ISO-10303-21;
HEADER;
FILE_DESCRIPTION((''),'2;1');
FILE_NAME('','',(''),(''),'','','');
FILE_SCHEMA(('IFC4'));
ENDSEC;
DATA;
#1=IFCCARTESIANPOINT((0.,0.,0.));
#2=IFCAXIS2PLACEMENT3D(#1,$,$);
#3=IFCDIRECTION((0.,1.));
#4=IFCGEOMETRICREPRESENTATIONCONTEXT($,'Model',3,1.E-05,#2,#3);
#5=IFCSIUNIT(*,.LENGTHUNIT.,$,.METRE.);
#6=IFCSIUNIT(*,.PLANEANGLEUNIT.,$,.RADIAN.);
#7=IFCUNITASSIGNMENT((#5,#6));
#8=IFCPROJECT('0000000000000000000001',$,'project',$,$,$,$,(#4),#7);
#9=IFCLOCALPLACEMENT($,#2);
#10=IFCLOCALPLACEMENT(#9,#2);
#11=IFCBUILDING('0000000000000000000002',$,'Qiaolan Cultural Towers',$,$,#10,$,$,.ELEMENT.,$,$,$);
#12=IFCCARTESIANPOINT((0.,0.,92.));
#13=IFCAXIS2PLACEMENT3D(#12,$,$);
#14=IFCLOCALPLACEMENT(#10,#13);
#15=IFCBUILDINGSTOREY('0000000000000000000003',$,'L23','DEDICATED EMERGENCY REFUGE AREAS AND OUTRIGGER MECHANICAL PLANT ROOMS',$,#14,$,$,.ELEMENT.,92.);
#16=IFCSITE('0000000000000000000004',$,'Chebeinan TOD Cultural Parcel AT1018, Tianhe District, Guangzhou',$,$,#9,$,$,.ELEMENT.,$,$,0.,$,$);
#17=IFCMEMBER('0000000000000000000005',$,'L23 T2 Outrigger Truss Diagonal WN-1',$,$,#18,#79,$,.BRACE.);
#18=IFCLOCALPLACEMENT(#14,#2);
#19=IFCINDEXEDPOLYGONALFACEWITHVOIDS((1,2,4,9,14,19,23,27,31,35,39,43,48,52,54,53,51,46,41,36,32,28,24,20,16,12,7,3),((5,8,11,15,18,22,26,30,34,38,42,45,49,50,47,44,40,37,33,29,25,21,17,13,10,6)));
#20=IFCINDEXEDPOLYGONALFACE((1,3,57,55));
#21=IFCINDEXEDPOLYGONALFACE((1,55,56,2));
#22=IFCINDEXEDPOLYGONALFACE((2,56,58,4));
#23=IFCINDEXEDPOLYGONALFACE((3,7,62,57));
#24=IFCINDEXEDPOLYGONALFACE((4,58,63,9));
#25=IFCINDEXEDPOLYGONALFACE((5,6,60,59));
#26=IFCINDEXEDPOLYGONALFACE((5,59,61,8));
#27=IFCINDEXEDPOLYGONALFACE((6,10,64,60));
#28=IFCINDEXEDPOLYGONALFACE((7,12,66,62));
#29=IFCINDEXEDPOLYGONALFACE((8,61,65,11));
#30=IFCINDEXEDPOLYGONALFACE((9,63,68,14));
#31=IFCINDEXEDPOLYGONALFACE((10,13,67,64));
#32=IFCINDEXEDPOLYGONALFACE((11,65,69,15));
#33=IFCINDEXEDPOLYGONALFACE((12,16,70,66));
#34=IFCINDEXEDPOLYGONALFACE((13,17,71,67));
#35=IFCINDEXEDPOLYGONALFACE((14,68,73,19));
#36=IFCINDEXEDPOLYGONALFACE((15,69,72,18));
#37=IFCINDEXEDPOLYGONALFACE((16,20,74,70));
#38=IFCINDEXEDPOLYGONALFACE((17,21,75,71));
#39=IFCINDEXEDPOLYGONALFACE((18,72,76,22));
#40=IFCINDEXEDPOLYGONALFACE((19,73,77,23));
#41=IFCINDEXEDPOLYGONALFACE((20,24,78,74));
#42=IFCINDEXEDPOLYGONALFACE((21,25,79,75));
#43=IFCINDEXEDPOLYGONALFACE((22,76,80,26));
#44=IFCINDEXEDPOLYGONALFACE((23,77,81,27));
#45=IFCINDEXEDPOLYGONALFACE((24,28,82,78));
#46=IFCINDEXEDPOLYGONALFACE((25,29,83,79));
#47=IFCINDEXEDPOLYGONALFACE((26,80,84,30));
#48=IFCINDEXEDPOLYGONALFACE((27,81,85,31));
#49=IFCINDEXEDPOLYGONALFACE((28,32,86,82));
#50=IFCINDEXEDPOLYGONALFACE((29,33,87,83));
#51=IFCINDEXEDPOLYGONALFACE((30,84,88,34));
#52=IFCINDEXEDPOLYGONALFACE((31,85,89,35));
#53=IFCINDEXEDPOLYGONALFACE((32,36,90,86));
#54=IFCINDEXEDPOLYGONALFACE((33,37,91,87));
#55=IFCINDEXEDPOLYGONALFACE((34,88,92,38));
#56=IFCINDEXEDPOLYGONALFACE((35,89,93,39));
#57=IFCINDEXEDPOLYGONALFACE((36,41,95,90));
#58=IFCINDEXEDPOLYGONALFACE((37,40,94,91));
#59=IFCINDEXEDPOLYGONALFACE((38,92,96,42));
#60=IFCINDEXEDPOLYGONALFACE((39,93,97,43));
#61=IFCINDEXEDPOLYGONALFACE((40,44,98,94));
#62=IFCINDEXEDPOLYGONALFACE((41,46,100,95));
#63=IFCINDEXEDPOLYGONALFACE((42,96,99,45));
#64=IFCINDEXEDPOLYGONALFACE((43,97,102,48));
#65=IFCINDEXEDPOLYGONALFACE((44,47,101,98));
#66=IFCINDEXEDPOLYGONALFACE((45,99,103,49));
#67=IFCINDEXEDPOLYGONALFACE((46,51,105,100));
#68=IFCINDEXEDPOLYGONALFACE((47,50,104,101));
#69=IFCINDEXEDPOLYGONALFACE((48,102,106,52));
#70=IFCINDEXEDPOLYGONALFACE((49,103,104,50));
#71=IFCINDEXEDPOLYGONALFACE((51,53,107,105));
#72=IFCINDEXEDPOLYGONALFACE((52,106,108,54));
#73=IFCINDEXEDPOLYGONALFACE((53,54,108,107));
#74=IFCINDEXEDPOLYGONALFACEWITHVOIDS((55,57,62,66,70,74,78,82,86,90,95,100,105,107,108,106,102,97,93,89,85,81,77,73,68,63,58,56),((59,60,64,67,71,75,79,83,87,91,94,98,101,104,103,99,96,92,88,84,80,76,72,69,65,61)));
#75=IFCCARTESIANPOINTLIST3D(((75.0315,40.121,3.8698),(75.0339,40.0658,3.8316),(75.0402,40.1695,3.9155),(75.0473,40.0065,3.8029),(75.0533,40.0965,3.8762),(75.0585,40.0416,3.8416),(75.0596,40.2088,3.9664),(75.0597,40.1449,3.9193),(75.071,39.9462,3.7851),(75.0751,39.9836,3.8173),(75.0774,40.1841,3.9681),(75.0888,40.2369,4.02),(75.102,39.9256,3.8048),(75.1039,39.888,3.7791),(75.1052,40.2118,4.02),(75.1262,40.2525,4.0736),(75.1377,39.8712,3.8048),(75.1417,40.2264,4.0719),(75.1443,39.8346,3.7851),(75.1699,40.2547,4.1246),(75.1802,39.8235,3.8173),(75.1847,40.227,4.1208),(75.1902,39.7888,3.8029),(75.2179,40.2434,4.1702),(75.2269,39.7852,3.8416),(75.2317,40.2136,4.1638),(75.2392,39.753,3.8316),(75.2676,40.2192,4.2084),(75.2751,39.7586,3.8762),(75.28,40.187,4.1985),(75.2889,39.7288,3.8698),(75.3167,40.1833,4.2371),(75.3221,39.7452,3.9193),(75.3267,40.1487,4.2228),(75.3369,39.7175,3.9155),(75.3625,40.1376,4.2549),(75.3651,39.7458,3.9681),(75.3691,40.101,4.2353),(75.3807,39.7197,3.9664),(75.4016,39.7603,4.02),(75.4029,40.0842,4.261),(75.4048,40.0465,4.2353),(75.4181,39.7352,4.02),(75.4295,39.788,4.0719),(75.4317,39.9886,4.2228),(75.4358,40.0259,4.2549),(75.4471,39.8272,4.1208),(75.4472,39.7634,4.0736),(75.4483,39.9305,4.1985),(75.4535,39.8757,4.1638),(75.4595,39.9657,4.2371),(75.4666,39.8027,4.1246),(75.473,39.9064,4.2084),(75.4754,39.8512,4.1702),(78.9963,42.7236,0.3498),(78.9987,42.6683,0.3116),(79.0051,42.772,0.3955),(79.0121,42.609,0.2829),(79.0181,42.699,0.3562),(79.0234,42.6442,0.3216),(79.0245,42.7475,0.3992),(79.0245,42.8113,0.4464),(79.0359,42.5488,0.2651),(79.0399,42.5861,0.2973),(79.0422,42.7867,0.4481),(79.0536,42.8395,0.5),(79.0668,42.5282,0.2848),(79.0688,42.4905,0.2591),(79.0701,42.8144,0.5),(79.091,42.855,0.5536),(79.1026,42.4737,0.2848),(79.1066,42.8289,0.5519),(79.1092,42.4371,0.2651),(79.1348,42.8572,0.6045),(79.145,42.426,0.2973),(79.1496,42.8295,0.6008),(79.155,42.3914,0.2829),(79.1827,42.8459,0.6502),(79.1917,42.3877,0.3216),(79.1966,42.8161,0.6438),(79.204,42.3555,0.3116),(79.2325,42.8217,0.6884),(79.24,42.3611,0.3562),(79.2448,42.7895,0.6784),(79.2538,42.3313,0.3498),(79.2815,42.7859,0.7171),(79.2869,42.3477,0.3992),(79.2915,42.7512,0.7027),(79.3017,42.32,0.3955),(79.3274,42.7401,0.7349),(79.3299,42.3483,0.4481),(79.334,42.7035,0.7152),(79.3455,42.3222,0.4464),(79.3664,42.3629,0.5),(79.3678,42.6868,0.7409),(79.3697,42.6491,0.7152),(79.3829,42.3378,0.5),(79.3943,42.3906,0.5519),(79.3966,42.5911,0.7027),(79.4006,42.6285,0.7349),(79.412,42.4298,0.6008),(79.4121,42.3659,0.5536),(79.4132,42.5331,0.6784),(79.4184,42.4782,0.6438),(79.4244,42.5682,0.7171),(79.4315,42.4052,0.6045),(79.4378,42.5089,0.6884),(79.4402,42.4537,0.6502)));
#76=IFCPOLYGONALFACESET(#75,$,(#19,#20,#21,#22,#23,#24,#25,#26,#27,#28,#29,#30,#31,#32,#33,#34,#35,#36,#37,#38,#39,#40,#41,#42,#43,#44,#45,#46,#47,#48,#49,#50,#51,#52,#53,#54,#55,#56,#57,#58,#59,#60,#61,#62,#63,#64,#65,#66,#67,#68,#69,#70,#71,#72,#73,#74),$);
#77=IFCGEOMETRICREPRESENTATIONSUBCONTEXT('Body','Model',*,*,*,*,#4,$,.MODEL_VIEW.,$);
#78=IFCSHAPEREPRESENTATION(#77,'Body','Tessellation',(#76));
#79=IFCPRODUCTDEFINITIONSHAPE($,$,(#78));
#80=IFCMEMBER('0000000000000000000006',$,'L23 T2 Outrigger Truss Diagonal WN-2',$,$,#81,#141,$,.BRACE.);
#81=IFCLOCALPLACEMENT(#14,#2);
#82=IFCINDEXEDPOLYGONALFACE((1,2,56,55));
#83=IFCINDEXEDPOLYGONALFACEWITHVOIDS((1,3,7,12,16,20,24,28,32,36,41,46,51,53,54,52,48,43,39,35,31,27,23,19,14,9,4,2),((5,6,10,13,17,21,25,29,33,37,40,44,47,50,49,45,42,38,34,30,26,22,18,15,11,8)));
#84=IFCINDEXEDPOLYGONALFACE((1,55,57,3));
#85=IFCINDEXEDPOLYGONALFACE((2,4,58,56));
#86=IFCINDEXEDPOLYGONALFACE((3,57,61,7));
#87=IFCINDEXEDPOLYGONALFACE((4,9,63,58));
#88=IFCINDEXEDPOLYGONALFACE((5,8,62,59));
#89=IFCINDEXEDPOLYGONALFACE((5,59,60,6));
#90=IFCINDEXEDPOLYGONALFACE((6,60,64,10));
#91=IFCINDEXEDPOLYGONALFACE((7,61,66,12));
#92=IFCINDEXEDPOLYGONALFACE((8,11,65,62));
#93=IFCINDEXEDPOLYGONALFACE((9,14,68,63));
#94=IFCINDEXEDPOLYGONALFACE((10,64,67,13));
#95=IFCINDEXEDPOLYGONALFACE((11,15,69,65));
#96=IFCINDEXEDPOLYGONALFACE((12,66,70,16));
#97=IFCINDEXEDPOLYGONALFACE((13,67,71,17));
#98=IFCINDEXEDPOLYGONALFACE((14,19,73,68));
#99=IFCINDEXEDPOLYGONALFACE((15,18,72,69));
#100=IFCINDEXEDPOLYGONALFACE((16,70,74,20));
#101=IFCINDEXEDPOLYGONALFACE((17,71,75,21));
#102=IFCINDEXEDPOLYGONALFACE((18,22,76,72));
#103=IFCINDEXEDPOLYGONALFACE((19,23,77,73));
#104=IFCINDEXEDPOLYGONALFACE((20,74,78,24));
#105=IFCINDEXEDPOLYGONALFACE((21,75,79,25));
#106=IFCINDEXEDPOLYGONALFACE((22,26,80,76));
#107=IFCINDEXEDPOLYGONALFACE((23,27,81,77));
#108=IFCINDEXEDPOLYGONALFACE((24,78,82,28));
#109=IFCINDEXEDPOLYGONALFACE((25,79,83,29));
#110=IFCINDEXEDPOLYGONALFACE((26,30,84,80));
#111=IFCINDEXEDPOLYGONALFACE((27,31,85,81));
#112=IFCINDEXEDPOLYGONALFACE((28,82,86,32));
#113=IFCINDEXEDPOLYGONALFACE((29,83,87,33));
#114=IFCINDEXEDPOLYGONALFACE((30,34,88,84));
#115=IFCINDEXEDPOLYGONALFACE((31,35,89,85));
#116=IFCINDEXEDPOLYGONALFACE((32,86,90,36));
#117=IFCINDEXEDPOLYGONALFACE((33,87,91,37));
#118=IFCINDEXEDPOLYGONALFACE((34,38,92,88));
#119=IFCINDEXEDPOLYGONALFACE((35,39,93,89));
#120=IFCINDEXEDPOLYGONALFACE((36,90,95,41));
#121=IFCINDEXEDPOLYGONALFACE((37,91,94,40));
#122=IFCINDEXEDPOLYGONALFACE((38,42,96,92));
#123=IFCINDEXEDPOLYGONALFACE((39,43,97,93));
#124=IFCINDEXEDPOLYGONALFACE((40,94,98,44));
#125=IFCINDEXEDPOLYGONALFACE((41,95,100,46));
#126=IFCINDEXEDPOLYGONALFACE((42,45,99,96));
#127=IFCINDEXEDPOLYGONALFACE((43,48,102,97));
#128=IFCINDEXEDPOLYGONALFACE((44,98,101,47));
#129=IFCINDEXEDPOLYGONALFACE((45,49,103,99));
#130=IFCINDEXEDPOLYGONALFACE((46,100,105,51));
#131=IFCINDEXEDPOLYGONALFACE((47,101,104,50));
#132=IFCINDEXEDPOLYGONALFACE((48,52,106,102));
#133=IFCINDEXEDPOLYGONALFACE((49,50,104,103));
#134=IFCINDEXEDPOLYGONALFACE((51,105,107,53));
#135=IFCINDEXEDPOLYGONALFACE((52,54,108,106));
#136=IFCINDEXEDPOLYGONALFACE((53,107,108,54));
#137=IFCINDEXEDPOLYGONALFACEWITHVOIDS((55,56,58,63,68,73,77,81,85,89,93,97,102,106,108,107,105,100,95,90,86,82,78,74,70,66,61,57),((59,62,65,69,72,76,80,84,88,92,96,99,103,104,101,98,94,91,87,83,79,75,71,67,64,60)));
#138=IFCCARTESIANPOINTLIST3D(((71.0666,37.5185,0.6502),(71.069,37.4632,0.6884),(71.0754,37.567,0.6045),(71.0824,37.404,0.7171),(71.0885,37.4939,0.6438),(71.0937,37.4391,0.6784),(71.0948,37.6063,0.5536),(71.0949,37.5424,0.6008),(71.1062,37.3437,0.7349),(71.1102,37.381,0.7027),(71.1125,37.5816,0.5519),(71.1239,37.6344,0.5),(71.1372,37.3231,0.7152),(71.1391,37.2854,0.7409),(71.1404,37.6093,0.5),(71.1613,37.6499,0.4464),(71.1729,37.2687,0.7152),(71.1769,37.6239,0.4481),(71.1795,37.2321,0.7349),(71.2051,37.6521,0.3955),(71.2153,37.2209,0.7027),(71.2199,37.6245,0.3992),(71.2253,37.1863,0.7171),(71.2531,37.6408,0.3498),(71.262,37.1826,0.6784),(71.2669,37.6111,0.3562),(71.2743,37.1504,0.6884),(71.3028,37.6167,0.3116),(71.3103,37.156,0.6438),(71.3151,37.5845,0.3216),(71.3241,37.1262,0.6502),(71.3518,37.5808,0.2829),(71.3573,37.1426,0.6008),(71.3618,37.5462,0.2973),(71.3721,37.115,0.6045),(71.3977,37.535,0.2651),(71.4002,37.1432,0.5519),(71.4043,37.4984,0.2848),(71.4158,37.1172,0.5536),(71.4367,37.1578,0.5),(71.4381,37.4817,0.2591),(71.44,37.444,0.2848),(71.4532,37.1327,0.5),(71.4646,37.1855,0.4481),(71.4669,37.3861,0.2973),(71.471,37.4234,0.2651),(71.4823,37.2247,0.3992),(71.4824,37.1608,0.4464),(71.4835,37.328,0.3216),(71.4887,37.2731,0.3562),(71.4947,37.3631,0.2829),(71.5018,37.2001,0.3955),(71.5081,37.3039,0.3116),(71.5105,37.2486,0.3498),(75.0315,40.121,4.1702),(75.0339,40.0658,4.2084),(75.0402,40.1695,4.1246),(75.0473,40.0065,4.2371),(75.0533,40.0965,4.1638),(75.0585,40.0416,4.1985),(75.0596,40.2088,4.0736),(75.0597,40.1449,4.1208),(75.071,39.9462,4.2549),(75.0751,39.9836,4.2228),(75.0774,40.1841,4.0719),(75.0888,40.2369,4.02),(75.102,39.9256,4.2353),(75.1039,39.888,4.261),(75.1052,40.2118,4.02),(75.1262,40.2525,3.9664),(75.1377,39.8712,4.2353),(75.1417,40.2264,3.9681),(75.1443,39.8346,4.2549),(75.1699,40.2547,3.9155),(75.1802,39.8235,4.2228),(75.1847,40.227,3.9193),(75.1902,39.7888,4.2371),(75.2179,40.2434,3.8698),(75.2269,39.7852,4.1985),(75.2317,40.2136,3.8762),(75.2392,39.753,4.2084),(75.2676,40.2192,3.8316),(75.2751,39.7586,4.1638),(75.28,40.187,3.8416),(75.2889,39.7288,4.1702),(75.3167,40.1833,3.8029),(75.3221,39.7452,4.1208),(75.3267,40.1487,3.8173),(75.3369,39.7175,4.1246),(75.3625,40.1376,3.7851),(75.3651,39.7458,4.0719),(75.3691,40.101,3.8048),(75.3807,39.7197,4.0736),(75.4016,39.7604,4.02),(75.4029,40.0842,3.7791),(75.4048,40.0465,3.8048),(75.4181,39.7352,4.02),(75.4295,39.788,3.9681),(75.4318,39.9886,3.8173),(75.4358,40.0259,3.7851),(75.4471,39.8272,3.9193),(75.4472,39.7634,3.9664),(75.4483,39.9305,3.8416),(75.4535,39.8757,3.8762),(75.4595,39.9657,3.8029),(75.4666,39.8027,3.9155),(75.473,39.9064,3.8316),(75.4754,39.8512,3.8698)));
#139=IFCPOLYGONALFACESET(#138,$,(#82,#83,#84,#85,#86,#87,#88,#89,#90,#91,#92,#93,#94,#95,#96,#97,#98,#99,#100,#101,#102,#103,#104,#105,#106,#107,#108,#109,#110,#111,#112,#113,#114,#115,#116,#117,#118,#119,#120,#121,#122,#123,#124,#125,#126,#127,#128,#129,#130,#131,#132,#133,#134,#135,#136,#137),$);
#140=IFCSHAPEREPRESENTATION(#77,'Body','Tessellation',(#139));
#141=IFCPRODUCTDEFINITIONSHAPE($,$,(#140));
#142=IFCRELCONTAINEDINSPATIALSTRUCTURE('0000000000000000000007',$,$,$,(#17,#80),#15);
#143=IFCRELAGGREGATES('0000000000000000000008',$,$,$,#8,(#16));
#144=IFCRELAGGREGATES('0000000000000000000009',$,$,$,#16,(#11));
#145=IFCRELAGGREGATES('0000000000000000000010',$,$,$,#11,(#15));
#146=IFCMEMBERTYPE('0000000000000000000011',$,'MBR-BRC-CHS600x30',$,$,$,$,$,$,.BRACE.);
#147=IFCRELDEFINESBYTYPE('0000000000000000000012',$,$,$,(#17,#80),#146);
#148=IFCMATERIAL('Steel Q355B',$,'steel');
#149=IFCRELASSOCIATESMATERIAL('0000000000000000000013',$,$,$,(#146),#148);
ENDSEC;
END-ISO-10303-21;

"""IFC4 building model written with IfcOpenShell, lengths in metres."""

from ifc_helpers import new_model, si_unit, direction, frame, origin, origin_2d, place, context, subcontext, project, spatial, hollow_circle, extrude, material, material_profile, profile_set, type_object, element, save


model = new_model("IFC4")

# Units and contexts
model_context = context("Model", 3, precision=1e-05, world=origin(), true_north=direction((0.0, 1.0)))
body_context = subcontext(model_context, "Body", "Model", "MODEL_VIEW")
ifc_project = project(units=[si_unit("LENGTHUNIT", "METRE"), si_unit("PLANEANGLEUNIT", "RADIAN")], contexts=[model_context])

# Site, building, storey
site_placement = place(None, origin())
site = spatial("IfcSite", under=ifc_project, at=site_placement, Name="Chebeinan TOD Cultural Parcel AT1018, Tianhe District, Guangzhou", CompositionType="ELEMENT", RefElevation=0.0)
building_placement = place(site_placement, origin())
building = spatial("IfcBuilding", under=site, at=building_placement, Name="Qiaolan Cultural Towers", CompositionType="ELEMENT")
storey_placement = place(building_placement, frame((0.0, 0.0, 92.0)))
storey = spatial("IfcBuildingStorey", under=building, at=storey_placement, Name="L23", Description="DEDICATED EMERGENCY REFUGE AREAS AND OUTRIGGER MECHANICAL PLANT ROOMS", CompositionType="ELEMENT", Elevation=92.0)

# Members
ifc_material_1 = material(Name="Steel Q355B", Category="steel")
ifc_material_profile_1 = material_profile(ifc_material_1, hollow_circle(Radius=0.3, WallThickness=0.03, at=origin_2d()), Name="CHS600x30")
ifc_profile_set_1 = profile_set([ifc_material_profile_1], Name="Steel Q355B")
member_type_1 = type_object("IfcMemberType", Name="MBR-BRC-CHS600x30", PredefinedType="BRACE", material=ifc_profile_set_1)
for number, where, z_axis, x_axis, name in (
    (1, (79.2183, 42.5886, 0.5), (-0.671297, -0.440642, 0.595983), (0.548746, -0.835989, 0.0), "L23 T2 Outrigger Truss Diagonal WN-1"),
    (2, (75.2534, 39.9861, 4.02), (-0.671297, -0.440642, -0.595983), (0.548746, -0.835989, 0.0), "L23 T2 Outrigger Truss Diagonal WN-2"),
):
    element("IfcMember", number, at=place(storey_placement, frame(where, z_axis=z_axis, x_axis=x_axis)), inside=storey, type_object=member_type_1, Name=name, PredefinedType="BRACE", context=body_context, shape_type="SweptSolid", body=[
        extrude(hollow_circle(Radius=0.3, WallThickness=0.03, at=origin_2d()), origin(), (0.0, 0.0, 1.0), 5.9062),
    ])

save(model, "model.ifc")
